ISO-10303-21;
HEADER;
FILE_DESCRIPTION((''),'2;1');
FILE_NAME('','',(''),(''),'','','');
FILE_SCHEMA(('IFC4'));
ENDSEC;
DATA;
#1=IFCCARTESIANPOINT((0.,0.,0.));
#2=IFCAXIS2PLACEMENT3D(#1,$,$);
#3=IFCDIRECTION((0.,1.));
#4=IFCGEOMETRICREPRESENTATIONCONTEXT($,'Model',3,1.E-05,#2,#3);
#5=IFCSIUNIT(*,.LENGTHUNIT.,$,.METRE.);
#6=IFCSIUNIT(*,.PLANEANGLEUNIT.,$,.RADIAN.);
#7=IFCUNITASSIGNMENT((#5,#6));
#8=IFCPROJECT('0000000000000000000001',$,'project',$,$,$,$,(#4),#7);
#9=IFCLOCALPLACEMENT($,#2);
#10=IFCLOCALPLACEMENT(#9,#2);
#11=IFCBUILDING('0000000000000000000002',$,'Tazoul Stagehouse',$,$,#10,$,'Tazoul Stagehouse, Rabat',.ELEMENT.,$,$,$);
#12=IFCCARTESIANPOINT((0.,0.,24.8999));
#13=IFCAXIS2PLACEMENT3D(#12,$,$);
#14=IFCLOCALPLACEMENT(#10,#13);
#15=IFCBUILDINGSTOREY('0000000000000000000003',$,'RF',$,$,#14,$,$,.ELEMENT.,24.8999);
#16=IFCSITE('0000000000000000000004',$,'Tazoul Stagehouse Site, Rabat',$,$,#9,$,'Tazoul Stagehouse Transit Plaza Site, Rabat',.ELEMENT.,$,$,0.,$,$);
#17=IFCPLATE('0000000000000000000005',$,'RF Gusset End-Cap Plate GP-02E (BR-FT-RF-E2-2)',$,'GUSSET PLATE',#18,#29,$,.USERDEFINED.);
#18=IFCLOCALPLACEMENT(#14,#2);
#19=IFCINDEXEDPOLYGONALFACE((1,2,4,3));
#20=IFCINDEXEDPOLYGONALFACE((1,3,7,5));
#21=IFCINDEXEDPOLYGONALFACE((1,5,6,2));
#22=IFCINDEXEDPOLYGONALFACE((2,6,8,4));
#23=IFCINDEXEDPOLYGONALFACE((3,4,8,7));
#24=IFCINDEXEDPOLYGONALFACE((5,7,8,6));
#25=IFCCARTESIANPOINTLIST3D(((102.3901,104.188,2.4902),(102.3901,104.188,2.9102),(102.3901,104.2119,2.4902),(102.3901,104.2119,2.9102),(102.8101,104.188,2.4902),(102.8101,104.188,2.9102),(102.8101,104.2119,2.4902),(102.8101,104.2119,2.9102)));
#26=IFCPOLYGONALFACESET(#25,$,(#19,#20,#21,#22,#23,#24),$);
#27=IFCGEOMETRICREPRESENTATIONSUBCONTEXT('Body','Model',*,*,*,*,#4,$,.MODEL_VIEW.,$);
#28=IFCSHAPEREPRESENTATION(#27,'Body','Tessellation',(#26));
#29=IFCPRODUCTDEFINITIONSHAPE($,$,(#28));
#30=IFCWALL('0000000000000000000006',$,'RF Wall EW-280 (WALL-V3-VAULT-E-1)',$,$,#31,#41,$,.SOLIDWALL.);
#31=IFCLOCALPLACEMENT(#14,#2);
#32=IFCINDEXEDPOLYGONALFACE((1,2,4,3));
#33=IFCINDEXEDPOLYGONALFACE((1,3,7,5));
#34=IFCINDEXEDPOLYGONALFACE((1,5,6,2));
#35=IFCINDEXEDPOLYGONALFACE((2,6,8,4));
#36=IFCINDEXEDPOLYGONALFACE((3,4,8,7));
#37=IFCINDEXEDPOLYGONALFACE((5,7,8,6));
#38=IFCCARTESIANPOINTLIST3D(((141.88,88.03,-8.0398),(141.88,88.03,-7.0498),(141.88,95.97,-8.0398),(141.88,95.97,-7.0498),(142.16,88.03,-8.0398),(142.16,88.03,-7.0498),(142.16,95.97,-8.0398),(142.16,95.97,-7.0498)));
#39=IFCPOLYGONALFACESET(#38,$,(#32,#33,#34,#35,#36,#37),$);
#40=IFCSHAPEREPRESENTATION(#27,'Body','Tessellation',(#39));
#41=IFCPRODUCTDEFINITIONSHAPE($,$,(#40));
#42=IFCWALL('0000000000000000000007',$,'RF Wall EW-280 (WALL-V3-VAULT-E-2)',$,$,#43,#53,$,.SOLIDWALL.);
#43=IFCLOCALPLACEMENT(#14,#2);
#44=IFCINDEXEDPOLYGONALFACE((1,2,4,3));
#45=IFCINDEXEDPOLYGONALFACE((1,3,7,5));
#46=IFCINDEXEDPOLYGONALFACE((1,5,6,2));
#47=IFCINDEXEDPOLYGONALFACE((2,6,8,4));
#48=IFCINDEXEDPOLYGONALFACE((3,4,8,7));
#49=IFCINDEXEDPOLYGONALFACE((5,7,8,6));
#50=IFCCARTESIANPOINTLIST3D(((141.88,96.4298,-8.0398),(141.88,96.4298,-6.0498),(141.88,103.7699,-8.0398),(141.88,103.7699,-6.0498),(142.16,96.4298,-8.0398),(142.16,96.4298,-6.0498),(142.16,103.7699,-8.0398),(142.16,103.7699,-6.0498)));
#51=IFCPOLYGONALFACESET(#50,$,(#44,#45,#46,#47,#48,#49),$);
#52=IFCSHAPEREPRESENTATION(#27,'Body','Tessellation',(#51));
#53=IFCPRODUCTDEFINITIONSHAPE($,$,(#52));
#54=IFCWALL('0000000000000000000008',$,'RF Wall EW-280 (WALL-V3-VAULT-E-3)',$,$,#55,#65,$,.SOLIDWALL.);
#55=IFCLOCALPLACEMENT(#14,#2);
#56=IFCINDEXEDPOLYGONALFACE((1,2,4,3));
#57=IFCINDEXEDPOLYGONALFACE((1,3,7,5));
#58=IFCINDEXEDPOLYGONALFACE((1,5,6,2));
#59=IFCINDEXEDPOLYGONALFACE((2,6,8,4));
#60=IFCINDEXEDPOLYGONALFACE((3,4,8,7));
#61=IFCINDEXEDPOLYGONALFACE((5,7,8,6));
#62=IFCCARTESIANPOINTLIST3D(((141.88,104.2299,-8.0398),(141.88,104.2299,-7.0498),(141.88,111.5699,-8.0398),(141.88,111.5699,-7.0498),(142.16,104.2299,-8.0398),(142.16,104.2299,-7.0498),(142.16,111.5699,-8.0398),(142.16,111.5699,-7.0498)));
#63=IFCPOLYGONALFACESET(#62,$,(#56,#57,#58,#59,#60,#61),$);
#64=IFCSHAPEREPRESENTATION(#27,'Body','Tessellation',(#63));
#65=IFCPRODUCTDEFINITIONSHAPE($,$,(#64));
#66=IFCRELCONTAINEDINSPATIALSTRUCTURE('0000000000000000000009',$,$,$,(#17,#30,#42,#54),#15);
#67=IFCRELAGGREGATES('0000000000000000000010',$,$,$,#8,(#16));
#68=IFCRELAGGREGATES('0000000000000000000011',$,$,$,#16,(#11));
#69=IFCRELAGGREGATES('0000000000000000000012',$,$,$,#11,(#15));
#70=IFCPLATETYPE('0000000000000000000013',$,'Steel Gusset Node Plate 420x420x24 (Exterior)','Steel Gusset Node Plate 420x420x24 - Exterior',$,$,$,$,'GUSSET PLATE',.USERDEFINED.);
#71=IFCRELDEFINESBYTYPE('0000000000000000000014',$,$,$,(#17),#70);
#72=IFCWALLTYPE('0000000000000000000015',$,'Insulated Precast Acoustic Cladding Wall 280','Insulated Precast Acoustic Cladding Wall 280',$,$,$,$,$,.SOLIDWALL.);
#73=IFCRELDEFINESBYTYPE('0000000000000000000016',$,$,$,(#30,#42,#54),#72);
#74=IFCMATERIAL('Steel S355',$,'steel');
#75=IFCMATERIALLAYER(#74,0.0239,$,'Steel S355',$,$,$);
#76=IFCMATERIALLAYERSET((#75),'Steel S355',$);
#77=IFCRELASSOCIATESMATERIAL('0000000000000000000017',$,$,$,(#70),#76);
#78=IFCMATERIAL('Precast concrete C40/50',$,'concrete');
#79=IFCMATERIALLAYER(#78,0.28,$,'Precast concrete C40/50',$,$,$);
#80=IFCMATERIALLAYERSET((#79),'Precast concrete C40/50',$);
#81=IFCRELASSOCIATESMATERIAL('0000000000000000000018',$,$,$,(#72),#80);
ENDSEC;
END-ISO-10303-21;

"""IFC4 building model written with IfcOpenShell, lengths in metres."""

from ifc_helpers import new_model, si_unit, direction, frame, frame_2d, origin, origin_2d, place, context, subcontext, project, spatial, rectangle, extrude, material, layer, layer_set, type_object, element, save


model = new_model("IFC4")

# Units and contexts
model_context = context("Model", 3, precision=1e-05, world=origin(), true_north=direction((0.0, 1.0)))
body_context = subcontext(model_context, "Body", "Model", "MODEL_VIEW")
ifc_project = project(units=[si_unit("LENGTHUNIT", "METRE"), si_unit("PLANEANGLEUNIT", "RADIAN")], contexts=[model_context])

# Site, building, storey
site_placement = place(None, origin())
site = spatial("IfcSite", under=ifc_project, at=site_placement, Name="Tazoul Stagehouse Site, Rabat", LongName="Tazoul Stagehouse Transit Plaza Site, Rabat", CompositionType="ELEMENT", RefElevation=0.0)
building_placement = place(site_placement, origin())
building = spatial("IfcBuilding", under=site, at=building_placement, Name="Tazoul Stagehouse", LongName="Tazoul Stagehouse, Rabat", CompositionType="ELEMENT")
storey_placement = place(building_placement, frame((0.0, 0.0, 24.8999)))
storey = spatial("IfcBuildingStorey", under=building, at=storey_placement, Name="RF", CompositionType="ELEMENT", Elevation=24.8999)

# Shared definitions
ifc_material_1 = material(Name="Steel S355", Category="steel")

# Plate
ifc_layer_1 = layer(ifc_material_1, 0.0239, Name="Steel S355")
ifc_layer_set_1 = layer_set([ifc_layer_1], Name="Steel S355")
plate_type_1 = type_object("IfcPlateType", Name="Steel Gusset Node Plate 420x420x24 (Exterior)", Description="Steel Gusset Node Plate 420x420x24 - Exterior", ElementType="GUSSET PLATE", PredefinedType="USERDEFINED", material=ifc_layer_set_1)
for number, where, z_axis, x_axis, name in (
    (1, (102.6001, 104.2, 2.4902), (0.0, 0.0, 1.0), (0.0, -1.0, 0.0), "RF Gusset End-Cap Plate GP-02E (BR-FT-RF-E2-2)"),
):
    element("IfcPlate", number, at=place(storey_placement, frame(where, z_axis=z_axis, x_axis=x_axis)), inside=storey, type_object=plate_type_1, Name=name, ObjectType="GUSSET PLATE", PredefinedType="USERDEFINED", context=body_context, shape_type="SweptSolid", body=[
        extrude(rectangle(XDim=0.0239, YDim=0.4199, at=origin_2d()), origin(), (0.0, 0.0, 1.0), 0.4199),
    ])

# Walls
ifc_material_2 = material(Name="Precast concrete C40/50", Category="concrete")
ifc_layer_2 = layer(ifc_material_2, 0.28, Name="Precast concrete C40/50")
ifc_layer_set_2 = layer_set([ifc_layer_2], Name="Precast concrete C40/50")
wall_type = type_object("IfcWallType", Name="Insulated Precast Acoustic Cladding Wall 280", Description="Insulated Precast Acoustic Cladding Wall 280", PredefinedType="SOLIDWALL", material=ifc_layer_set_2)
wall_1_placement = place(storey_placement, frame((142.02, 88.03, -8.0398), z_axis=(0.0, 0.0, 1.0), x_axis=(0.0, 1.0, 0.0)))
element("IfcWall", 2, at=wall_1_placement, inside=storey, type_object=wall_type, Name="RF Wall EW-280 (WALL-V3-VAULT-E-1)", PredefinedType="SOLIDWALL", context=body_context, shape_type="SweptSolid", body=[
    extrude(rectangle(XDim=7.9399, YDim=0.28, at=frame_2d((3.97, 0.0))), origin(), (0.0, 0.0, 1.0), 0.99),
])
wall_2_placement = place(storey_placement, frame((142.02, 96.4299, -8.0398), z_axis=(0.0, 0.0, 1.0), x_axis=(0.0, 1.0, 0.0)))
element("IfcWall", 3, at=wall_2_placement, inside=storey, type_object=wall_type, Name="RF Wall EW-280 (WALL-V3-VAULT-E-2)", PredefinedType="SOLIDWALL", context=body_context, shape_type="SweptSolid", body=[
    extrude(rectangle(XDim=7.3401, YDim=0.28, at=frame_2d((3.6699, 0.0))), origin(), (0.0, 0.0, 1.0), 1.99),
])
wall_3_placement = place(storey_placement, frame((142.02, 104.23, -8.0398), z_axis=(0.0, 0.0, 1.0), x_axis=(0.0, 1.0, 0.0)))
element("IfcWall", 4, at=wall_3_placement, inside=storey, type_object=wall_type, Name="RF Wall EW-280 (WALL-V3-VAULT-E-3)", PredefinedType="SOLIDWALL", context=body_context, shape_type="SweptSolid", body=[
    extrude(rectangle(XDim=7.3401, YDim=0.28, at=frame_2d((3.6699, 0.0))), origin(), (0.0, 0.0, 1.0), 0.99),
])

save(model, "model.ifc")
